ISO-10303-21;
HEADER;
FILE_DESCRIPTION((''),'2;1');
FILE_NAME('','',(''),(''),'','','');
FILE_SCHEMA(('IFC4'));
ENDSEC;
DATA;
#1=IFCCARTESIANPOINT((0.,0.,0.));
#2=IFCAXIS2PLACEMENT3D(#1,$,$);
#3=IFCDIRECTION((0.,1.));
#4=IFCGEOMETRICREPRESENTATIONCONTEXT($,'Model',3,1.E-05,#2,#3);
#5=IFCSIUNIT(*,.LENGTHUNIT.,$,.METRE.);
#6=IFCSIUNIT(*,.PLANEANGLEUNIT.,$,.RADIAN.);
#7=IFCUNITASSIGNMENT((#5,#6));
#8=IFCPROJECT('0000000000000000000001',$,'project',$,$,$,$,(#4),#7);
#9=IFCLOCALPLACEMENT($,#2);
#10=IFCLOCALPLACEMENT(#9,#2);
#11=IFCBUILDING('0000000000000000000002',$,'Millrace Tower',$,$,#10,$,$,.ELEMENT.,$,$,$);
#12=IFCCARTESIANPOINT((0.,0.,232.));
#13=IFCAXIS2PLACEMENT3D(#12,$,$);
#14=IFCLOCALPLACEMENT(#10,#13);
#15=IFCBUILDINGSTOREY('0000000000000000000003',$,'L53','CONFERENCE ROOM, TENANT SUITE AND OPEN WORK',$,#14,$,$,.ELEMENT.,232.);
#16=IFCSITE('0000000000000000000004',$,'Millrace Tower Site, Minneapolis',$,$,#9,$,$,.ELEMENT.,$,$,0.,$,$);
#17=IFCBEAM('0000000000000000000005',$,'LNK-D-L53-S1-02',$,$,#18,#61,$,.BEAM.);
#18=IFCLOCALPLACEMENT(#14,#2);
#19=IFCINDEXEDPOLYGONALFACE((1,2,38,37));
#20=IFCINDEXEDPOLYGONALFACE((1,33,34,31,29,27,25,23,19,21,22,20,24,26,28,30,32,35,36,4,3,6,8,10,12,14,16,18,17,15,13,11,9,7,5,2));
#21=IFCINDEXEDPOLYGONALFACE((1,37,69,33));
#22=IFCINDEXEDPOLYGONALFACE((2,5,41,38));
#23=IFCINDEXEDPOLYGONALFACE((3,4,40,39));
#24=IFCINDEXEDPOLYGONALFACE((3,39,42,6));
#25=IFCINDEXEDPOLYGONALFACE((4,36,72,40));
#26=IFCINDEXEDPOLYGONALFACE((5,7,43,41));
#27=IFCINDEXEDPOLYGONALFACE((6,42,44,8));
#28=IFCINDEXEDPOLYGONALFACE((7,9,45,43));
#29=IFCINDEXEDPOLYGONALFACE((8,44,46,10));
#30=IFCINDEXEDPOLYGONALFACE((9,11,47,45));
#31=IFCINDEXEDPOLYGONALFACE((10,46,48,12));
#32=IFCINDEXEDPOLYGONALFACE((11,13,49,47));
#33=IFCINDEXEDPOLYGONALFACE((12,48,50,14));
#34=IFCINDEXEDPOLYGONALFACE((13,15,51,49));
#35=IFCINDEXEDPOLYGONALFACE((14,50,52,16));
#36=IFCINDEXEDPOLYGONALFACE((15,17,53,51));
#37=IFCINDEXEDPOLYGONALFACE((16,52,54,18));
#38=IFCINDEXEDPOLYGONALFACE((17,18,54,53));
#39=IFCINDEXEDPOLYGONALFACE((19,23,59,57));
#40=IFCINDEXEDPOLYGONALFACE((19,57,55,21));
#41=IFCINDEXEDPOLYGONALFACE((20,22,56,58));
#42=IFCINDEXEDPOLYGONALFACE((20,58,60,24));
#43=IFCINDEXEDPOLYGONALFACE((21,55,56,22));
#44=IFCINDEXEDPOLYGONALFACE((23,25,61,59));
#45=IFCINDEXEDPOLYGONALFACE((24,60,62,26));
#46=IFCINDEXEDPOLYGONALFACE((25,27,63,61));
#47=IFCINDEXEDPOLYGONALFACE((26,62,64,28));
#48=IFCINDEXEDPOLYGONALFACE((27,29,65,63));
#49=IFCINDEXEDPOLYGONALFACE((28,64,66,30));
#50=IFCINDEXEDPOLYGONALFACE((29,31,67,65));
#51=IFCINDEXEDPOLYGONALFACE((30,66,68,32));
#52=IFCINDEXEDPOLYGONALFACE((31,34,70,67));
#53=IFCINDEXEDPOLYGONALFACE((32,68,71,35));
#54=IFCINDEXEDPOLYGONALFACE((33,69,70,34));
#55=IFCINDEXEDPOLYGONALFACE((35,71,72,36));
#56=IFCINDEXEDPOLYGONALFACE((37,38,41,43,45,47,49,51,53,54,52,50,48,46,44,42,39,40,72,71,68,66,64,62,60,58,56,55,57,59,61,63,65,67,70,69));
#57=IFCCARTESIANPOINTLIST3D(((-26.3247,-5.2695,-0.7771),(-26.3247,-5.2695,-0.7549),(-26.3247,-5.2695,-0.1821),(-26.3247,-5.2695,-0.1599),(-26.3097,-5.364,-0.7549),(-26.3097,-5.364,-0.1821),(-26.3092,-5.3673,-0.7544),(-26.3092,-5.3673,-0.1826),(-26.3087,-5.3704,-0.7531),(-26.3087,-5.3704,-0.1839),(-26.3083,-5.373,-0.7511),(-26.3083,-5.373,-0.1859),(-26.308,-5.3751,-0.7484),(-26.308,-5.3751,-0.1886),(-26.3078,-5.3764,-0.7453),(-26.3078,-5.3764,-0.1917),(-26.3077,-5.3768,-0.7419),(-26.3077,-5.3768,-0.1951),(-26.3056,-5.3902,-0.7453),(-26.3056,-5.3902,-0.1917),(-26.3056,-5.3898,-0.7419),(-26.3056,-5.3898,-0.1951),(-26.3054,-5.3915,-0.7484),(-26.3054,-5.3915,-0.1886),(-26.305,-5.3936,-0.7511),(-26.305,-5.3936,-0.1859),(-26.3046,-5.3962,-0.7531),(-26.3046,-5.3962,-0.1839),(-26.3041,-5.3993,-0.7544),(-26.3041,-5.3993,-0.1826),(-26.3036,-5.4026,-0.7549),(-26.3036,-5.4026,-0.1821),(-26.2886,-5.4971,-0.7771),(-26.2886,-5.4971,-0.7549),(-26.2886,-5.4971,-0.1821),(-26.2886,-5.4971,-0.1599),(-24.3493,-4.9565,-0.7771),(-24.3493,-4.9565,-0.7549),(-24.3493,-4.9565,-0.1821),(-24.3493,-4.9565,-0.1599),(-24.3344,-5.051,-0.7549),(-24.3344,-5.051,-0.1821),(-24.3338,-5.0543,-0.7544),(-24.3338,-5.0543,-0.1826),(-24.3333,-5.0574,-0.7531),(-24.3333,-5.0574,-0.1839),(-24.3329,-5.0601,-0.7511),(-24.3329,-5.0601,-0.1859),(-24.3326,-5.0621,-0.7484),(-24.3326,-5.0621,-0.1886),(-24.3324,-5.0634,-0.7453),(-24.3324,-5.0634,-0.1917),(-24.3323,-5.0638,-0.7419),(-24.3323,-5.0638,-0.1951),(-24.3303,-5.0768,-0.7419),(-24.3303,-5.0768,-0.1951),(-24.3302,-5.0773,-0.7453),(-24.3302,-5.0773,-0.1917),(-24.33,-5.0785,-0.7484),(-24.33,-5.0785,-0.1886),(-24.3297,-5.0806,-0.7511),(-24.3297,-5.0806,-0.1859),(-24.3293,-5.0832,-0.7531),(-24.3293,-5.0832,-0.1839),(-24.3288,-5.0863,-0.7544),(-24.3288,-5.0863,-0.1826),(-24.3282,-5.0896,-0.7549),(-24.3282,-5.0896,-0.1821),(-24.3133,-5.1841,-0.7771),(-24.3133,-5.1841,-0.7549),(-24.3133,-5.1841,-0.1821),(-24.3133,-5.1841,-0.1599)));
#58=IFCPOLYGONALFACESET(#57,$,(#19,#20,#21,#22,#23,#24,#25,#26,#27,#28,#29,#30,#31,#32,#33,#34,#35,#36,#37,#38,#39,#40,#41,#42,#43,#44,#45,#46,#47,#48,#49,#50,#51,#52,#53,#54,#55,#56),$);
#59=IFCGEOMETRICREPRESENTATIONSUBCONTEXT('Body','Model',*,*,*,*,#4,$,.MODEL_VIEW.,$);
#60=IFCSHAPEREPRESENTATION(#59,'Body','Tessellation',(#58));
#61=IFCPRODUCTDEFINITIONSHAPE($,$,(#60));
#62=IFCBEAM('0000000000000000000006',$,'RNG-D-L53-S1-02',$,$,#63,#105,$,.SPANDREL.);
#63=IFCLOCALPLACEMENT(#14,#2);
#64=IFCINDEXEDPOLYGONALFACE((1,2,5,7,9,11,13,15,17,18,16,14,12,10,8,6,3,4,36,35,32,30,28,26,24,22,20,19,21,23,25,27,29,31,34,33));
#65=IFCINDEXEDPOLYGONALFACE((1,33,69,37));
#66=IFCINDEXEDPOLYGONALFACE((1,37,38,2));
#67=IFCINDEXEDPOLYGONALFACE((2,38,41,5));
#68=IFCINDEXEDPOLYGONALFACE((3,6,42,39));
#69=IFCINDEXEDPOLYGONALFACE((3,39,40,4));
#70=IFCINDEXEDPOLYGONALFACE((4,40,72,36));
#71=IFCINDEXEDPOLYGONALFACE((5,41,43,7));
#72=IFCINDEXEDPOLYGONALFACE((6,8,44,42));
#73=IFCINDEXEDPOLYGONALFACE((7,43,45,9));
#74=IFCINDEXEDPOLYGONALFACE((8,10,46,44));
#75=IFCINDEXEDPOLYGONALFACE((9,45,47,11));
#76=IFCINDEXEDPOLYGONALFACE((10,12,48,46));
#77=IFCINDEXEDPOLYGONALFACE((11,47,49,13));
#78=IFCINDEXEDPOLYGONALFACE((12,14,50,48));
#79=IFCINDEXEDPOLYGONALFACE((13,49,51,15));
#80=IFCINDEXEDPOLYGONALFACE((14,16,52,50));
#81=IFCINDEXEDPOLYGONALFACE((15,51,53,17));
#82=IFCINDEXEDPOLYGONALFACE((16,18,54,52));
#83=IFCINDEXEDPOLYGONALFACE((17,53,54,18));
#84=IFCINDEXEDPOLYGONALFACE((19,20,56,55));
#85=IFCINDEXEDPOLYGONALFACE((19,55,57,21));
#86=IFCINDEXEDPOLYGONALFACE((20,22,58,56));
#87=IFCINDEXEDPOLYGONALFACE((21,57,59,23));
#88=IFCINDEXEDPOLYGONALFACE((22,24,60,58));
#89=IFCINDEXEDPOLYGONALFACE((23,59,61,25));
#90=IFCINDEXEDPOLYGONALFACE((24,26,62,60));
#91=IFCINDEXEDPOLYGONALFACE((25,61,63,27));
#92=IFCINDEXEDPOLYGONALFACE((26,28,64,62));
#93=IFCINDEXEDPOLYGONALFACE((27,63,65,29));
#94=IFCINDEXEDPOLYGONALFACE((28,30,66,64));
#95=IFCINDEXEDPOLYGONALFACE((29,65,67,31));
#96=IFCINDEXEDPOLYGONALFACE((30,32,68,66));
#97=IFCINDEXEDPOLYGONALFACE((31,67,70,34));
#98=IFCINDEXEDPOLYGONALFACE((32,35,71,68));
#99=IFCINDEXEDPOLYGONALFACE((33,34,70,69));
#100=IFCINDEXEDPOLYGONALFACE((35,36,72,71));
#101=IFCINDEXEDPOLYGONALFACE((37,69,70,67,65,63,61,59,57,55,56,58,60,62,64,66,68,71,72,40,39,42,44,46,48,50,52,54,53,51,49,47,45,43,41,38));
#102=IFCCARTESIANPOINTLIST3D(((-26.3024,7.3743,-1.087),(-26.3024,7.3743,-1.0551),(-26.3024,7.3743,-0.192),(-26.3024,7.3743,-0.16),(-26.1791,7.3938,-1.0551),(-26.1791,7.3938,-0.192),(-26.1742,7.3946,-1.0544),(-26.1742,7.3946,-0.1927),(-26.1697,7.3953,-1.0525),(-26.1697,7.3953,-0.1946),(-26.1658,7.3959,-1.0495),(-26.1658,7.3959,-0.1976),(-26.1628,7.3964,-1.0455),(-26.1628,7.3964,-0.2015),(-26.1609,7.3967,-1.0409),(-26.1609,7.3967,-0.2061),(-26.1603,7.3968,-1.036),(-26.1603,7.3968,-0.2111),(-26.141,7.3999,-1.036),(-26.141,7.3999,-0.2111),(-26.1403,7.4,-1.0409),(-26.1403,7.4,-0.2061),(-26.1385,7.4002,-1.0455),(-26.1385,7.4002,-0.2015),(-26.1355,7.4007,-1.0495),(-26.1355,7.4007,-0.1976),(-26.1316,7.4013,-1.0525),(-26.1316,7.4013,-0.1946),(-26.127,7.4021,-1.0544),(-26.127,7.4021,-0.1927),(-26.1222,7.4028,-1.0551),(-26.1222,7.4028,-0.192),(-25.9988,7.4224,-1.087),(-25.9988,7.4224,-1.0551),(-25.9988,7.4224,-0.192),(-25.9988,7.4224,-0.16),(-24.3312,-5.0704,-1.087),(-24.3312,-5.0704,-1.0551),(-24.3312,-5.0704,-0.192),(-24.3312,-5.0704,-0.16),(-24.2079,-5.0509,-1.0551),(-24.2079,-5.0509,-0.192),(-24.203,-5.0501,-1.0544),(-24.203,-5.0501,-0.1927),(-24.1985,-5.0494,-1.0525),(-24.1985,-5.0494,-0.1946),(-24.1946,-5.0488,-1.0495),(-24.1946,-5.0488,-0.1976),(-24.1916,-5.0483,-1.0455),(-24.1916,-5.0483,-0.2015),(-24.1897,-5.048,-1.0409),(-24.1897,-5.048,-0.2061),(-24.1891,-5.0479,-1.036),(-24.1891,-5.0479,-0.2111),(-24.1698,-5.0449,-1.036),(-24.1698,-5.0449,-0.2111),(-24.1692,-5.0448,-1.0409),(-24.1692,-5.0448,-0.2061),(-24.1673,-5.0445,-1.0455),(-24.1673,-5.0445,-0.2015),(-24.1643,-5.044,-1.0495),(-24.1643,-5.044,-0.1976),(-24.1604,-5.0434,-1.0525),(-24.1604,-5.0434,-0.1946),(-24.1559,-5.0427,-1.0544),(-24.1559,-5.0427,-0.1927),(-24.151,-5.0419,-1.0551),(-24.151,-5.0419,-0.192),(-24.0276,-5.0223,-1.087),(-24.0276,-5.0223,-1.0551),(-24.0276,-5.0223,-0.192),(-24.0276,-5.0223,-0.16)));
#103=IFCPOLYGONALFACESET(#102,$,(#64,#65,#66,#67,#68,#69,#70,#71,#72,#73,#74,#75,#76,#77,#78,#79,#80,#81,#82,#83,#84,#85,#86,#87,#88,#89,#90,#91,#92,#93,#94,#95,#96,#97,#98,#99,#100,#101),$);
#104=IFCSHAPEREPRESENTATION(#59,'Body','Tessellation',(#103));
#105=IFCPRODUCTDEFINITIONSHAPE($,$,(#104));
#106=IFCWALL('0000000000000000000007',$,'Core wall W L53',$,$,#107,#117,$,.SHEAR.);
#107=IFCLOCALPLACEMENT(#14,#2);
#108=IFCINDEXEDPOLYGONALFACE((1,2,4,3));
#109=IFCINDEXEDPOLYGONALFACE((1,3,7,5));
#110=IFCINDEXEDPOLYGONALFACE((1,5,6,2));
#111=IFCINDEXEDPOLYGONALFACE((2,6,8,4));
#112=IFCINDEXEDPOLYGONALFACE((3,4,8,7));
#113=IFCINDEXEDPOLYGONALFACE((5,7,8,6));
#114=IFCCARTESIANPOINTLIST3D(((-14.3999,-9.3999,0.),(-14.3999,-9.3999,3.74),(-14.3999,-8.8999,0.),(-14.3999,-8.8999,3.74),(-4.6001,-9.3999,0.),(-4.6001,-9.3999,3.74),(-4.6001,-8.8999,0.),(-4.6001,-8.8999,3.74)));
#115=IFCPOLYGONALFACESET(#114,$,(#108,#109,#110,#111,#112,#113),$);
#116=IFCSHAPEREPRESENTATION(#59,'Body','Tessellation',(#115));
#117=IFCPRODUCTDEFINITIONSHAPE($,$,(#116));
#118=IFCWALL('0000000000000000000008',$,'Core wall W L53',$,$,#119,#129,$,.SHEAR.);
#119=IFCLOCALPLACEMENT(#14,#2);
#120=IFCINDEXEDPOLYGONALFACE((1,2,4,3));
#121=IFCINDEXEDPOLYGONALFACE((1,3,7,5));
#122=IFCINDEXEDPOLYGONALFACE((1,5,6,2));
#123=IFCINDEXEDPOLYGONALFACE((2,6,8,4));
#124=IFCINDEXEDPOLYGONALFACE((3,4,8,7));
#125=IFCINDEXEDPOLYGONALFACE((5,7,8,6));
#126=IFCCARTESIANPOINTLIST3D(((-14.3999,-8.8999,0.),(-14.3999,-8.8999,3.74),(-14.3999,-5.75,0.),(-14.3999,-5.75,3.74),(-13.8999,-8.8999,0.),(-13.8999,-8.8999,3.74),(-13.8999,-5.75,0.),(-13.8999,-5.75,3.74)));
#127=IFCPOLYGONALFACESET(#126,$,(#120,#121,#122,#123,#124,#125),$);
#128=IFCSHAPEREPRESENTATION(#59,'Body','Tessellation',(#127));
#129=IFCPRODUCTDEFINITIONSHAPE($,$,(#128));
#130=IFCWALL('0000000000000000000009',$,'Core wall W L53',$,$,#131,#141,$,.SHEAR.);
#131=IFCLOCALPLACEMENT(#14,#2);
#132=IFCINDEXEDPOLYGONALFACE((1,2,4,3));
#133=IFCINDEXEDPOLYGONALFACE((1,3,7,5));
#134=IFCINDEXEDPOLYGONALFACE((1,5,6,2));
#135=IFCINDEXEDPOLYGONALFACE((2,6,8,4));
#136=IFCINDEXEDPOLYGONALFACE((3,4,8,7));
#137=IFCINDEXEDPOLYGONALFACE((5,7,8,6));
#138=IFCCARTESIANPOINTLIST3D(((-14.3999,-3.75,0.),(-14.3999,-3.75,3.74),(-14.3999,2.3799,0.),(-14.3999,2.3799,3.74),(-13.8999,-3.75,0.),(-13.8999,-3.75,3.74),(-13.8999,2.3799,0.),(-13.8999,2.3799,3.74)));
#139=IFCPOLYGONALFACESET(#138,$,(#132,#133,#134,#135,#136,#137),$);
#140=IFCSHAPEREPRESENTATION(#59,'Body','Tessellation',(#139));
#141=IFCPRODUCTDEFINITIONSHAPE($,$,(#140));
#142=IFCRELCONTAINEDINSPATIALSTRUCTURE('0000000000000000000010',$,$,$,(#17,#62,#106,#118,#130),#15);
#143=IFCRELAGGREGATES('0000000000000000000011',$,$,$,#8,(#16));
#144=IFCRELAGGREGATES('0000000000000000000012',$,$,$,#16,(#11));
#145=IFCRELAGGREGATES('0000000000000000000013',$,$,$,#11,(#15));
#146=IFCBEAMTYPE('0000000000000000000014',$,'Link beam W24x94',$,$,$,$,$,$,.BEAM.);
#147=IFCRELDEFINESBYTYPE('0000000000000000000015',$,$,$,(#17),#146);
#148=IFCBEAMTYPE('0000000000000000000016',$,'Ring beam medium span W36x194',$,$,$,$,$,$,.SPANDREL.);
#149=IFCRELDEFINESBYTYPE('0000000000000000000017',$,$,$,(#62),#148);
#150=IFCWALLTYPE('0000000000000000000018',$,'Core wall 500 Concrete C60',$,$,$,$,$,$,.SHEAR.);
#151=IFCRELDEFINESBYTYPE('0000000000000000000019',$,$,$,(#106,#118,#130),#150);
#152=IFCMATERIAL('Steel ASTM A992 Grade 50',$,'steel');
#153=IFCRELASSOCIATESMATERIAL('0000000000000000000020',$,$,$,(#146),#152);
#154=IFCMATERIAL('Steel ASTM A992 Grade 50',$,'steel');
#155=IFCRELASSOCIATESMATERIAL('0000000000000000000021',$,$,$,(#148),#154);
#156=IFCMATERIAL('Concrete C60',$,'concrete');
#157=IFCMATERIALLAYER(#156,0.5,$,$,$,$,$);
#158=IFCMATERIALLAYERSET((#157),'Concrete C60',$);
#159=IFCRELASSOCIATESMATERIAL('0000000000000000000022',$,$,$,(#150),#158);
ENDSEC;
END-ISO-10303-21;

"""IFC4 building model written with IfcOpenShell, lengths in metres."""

from ifc_helpers import new_model, si_unit, direction, frame, frame_2d, origin, origin_2d, place, context, subcontext, project, spatial, rectangle, i_section, extrude, material, layer, layer_set, material_profile, profile_set, type_object, element, save


model = new_model("IFC4")

# Units and contexts
model_context = context("Model", 3, precision=1e-05, world=origin(), true_north=direction((0.0, 1.0)))
body_context = subcontext(model_context, "Body", "Model", "MODEL_VIEW")
ifc_project = project(units=[si_unit("LENGTHUNIT", "METRE"), si_unit("PLANEANGLEUNIT", "RADIAN")], contexts=[model_context])

# Site, building, storey
site_placement = place(None, origin())
site = spatial("IfcSite", under=ifc_project, at=site_placement, Name="Millrace Tower Site, Minneapolis", CompositionType="ELEMENT", RefElevation=0.0)
building_placement = place(site_placement, origin())
building = spatial("IfcBuilding", under=site, at=building_placement, Name="Millrace Tower", CompositionType="ELEMENT")
storey_placement = place(building_placement, frame((0.0, 0.0, 232.0)))
storey = spatial("IfcBuildingStorey", under=building, at=storey_placement, Name="L53", Description="CONFERENCE ROOM, TENANT SUITE AND OPEN WORK", CompositionType="ELEMENT", Elevation=232.0)

# Beams
ifc_material_1 = material(Name="Steel ASTM A992 Grade 50", Category="steel")
ifc_material_profile_1 = material_profile(ifc_material_1, i_section(OverallWidth=0.2305, OverallDepth=0.6172, WebThickness=0.0132, FlangeThickness=0.0222, FilletRadius=0.0129, at=origin_2d()))
ifc_profile_set_1 = profile_set([ifc_material_profile_1], Name="Steel ASTM A992 Grade 50")
beam_type_1 = type_object("IfcBeamType", Name="Link beam W24x94", PredefinedType="BEAM", material=ifc_profile_set_1)
beam_1_placement = place(storey_placement, frame((-24.3313, -5.0703, -0.4685), z_axis=(-0.987679, -0.156495, 0.0), x_axis=(0.156495, -0.987679, 0.0)))
element("IfcBeam", 1, at=beam_1_placement, inside=storey, type_object=beam_type_1, Name="LNK-D-L53-S1-02", PredefinedType="BEAM", context=body_context, shape_type="SweptSolid", body=[
    extrude(i_section(OverallWidth=0.2305, OverallDepth=0.6172, WebThickness=0.0132, FlangeThickness=0.0222, FilletRadius=0.0129, at=origin_2d()), origin(), (0.0, 0.0, 1.0), 2.0),
])
ifc_material_2 = material(Name="Steel ASTM A992 Grade 50", Category="steel")
ifc_material_profile_2 = material_profile(ifc_material_2, i_section(OverallWidth=0.3074, OverallDepth=0.927, WebThickness=0.0195, FlangeThickness=0.032, FilletRadius=0.019, at=origin_2d()))
ifc_profile_set_2 = profile_set([ifc_material_profile_2], Name="Steel ASTM A992 Grade 50")
beam_type_2 = type_object("IfcBeamType", Name="Ring beam medium span W36x194", PredefinedType="SPANDREL", material=ifc_profile_set_2)
beam_2_placement = place(storey_placement, frame((-24.1794, -5.0464, -0.6235), z_axis=(-0.156444, 0.987687, 0.0), x_axis=(-0.987687, -0.156444, 0.0)))
element("IfcBeam", 2, at=beam_2_placement, inside=storey, type_object=beam_type_2, Name="RNG-D-L53-S1-02", PredefinedType="SPANDREL", context=body_context, shape_type="SweptSolid", body=[
    extrude(i_section(OverallWidth=0.3074, OverallDepth=0.927, WebThickness=0.0195, FlangeThickness=0.032, FilletRadius=0.019, at=origin_2d()), origin(), (0.0, 0.0, 1.0), 12.5999),
])

# Walls
ifc_material_3 = material(Name="Concrete C60", Category="concrete")
ifc_layer_1 = layer(ifc_material_3, 0.5)
ifc_layer_set_1 = layer_set([ifc_layer_1], Name="Concrete C60")
wall_type_1 = type_object("IfcWallType", Name="Core wall 500 Concrete C60", PredefinedType="SHEAR", material=ifc_layer_set_1)
wall_1_placement = place(storey_placement, frame((-14.3999, -9.1499, 0.0), z_axis=(0.0, 0.0, 1.0), x_axis=(1.0, 0.0, 0.0)))
element("IfcWall", 3, at=wall_1_placement, inside=storey, type_object=wall_type_1, Name="Core wall W L53", PredefinedType="SHEAR", context=body_context, shape_type="SweptSolid", body=[
    extrude(rectangle(XDim=9.7998, YDim=0.5, at=frame_2d((4.8999, 0.0))), origin(), (0.0, 0.0, 1.0), 3.74),
])
wall_2_placement = place(storey_placement, frame((-14.1499, -8.8999, 0.0), z_axis=(0.0, 0.0, 1.0), x_axis=(0.0, 1.0, 0.0)))
element("IfcWall", 4, at=wall_2_placement, inside=storey, type_object=wall_type_1, Name="Core wall W L53", PredefinedType="SHEAR", context=body_context, shape_type="SweptSolid", body=[
    extrude(rectangle(XDim=3.1499, YDim=0.5, at=frame_2d((1.575, 0.0))), origin(), (0.0, 0.0, 1.0), 3.74),
])
wall_3_placement = place(storey_placement, frame((-14.1499, -3.75, 0.0), z_axis=(0.0, 0.0, 1.0), x_axis=(0.0, 1.0, 0.0)))
element("IfcWall", 5, at=wall_3_placement, inside=storey, type_object=wall_type_1, Name="Core wall W L53", PredefinedType="SHEAR", context=body_context, shape_type="SweptSolid", body=[
    extrude(rectangle(XDim=6.1299, YDim=0.5, at=frame_2d((3.0649, 0.0))), origin(), (0.0, 0.0, 1.0), 3.74),
])

save(model, "model.ifc")
